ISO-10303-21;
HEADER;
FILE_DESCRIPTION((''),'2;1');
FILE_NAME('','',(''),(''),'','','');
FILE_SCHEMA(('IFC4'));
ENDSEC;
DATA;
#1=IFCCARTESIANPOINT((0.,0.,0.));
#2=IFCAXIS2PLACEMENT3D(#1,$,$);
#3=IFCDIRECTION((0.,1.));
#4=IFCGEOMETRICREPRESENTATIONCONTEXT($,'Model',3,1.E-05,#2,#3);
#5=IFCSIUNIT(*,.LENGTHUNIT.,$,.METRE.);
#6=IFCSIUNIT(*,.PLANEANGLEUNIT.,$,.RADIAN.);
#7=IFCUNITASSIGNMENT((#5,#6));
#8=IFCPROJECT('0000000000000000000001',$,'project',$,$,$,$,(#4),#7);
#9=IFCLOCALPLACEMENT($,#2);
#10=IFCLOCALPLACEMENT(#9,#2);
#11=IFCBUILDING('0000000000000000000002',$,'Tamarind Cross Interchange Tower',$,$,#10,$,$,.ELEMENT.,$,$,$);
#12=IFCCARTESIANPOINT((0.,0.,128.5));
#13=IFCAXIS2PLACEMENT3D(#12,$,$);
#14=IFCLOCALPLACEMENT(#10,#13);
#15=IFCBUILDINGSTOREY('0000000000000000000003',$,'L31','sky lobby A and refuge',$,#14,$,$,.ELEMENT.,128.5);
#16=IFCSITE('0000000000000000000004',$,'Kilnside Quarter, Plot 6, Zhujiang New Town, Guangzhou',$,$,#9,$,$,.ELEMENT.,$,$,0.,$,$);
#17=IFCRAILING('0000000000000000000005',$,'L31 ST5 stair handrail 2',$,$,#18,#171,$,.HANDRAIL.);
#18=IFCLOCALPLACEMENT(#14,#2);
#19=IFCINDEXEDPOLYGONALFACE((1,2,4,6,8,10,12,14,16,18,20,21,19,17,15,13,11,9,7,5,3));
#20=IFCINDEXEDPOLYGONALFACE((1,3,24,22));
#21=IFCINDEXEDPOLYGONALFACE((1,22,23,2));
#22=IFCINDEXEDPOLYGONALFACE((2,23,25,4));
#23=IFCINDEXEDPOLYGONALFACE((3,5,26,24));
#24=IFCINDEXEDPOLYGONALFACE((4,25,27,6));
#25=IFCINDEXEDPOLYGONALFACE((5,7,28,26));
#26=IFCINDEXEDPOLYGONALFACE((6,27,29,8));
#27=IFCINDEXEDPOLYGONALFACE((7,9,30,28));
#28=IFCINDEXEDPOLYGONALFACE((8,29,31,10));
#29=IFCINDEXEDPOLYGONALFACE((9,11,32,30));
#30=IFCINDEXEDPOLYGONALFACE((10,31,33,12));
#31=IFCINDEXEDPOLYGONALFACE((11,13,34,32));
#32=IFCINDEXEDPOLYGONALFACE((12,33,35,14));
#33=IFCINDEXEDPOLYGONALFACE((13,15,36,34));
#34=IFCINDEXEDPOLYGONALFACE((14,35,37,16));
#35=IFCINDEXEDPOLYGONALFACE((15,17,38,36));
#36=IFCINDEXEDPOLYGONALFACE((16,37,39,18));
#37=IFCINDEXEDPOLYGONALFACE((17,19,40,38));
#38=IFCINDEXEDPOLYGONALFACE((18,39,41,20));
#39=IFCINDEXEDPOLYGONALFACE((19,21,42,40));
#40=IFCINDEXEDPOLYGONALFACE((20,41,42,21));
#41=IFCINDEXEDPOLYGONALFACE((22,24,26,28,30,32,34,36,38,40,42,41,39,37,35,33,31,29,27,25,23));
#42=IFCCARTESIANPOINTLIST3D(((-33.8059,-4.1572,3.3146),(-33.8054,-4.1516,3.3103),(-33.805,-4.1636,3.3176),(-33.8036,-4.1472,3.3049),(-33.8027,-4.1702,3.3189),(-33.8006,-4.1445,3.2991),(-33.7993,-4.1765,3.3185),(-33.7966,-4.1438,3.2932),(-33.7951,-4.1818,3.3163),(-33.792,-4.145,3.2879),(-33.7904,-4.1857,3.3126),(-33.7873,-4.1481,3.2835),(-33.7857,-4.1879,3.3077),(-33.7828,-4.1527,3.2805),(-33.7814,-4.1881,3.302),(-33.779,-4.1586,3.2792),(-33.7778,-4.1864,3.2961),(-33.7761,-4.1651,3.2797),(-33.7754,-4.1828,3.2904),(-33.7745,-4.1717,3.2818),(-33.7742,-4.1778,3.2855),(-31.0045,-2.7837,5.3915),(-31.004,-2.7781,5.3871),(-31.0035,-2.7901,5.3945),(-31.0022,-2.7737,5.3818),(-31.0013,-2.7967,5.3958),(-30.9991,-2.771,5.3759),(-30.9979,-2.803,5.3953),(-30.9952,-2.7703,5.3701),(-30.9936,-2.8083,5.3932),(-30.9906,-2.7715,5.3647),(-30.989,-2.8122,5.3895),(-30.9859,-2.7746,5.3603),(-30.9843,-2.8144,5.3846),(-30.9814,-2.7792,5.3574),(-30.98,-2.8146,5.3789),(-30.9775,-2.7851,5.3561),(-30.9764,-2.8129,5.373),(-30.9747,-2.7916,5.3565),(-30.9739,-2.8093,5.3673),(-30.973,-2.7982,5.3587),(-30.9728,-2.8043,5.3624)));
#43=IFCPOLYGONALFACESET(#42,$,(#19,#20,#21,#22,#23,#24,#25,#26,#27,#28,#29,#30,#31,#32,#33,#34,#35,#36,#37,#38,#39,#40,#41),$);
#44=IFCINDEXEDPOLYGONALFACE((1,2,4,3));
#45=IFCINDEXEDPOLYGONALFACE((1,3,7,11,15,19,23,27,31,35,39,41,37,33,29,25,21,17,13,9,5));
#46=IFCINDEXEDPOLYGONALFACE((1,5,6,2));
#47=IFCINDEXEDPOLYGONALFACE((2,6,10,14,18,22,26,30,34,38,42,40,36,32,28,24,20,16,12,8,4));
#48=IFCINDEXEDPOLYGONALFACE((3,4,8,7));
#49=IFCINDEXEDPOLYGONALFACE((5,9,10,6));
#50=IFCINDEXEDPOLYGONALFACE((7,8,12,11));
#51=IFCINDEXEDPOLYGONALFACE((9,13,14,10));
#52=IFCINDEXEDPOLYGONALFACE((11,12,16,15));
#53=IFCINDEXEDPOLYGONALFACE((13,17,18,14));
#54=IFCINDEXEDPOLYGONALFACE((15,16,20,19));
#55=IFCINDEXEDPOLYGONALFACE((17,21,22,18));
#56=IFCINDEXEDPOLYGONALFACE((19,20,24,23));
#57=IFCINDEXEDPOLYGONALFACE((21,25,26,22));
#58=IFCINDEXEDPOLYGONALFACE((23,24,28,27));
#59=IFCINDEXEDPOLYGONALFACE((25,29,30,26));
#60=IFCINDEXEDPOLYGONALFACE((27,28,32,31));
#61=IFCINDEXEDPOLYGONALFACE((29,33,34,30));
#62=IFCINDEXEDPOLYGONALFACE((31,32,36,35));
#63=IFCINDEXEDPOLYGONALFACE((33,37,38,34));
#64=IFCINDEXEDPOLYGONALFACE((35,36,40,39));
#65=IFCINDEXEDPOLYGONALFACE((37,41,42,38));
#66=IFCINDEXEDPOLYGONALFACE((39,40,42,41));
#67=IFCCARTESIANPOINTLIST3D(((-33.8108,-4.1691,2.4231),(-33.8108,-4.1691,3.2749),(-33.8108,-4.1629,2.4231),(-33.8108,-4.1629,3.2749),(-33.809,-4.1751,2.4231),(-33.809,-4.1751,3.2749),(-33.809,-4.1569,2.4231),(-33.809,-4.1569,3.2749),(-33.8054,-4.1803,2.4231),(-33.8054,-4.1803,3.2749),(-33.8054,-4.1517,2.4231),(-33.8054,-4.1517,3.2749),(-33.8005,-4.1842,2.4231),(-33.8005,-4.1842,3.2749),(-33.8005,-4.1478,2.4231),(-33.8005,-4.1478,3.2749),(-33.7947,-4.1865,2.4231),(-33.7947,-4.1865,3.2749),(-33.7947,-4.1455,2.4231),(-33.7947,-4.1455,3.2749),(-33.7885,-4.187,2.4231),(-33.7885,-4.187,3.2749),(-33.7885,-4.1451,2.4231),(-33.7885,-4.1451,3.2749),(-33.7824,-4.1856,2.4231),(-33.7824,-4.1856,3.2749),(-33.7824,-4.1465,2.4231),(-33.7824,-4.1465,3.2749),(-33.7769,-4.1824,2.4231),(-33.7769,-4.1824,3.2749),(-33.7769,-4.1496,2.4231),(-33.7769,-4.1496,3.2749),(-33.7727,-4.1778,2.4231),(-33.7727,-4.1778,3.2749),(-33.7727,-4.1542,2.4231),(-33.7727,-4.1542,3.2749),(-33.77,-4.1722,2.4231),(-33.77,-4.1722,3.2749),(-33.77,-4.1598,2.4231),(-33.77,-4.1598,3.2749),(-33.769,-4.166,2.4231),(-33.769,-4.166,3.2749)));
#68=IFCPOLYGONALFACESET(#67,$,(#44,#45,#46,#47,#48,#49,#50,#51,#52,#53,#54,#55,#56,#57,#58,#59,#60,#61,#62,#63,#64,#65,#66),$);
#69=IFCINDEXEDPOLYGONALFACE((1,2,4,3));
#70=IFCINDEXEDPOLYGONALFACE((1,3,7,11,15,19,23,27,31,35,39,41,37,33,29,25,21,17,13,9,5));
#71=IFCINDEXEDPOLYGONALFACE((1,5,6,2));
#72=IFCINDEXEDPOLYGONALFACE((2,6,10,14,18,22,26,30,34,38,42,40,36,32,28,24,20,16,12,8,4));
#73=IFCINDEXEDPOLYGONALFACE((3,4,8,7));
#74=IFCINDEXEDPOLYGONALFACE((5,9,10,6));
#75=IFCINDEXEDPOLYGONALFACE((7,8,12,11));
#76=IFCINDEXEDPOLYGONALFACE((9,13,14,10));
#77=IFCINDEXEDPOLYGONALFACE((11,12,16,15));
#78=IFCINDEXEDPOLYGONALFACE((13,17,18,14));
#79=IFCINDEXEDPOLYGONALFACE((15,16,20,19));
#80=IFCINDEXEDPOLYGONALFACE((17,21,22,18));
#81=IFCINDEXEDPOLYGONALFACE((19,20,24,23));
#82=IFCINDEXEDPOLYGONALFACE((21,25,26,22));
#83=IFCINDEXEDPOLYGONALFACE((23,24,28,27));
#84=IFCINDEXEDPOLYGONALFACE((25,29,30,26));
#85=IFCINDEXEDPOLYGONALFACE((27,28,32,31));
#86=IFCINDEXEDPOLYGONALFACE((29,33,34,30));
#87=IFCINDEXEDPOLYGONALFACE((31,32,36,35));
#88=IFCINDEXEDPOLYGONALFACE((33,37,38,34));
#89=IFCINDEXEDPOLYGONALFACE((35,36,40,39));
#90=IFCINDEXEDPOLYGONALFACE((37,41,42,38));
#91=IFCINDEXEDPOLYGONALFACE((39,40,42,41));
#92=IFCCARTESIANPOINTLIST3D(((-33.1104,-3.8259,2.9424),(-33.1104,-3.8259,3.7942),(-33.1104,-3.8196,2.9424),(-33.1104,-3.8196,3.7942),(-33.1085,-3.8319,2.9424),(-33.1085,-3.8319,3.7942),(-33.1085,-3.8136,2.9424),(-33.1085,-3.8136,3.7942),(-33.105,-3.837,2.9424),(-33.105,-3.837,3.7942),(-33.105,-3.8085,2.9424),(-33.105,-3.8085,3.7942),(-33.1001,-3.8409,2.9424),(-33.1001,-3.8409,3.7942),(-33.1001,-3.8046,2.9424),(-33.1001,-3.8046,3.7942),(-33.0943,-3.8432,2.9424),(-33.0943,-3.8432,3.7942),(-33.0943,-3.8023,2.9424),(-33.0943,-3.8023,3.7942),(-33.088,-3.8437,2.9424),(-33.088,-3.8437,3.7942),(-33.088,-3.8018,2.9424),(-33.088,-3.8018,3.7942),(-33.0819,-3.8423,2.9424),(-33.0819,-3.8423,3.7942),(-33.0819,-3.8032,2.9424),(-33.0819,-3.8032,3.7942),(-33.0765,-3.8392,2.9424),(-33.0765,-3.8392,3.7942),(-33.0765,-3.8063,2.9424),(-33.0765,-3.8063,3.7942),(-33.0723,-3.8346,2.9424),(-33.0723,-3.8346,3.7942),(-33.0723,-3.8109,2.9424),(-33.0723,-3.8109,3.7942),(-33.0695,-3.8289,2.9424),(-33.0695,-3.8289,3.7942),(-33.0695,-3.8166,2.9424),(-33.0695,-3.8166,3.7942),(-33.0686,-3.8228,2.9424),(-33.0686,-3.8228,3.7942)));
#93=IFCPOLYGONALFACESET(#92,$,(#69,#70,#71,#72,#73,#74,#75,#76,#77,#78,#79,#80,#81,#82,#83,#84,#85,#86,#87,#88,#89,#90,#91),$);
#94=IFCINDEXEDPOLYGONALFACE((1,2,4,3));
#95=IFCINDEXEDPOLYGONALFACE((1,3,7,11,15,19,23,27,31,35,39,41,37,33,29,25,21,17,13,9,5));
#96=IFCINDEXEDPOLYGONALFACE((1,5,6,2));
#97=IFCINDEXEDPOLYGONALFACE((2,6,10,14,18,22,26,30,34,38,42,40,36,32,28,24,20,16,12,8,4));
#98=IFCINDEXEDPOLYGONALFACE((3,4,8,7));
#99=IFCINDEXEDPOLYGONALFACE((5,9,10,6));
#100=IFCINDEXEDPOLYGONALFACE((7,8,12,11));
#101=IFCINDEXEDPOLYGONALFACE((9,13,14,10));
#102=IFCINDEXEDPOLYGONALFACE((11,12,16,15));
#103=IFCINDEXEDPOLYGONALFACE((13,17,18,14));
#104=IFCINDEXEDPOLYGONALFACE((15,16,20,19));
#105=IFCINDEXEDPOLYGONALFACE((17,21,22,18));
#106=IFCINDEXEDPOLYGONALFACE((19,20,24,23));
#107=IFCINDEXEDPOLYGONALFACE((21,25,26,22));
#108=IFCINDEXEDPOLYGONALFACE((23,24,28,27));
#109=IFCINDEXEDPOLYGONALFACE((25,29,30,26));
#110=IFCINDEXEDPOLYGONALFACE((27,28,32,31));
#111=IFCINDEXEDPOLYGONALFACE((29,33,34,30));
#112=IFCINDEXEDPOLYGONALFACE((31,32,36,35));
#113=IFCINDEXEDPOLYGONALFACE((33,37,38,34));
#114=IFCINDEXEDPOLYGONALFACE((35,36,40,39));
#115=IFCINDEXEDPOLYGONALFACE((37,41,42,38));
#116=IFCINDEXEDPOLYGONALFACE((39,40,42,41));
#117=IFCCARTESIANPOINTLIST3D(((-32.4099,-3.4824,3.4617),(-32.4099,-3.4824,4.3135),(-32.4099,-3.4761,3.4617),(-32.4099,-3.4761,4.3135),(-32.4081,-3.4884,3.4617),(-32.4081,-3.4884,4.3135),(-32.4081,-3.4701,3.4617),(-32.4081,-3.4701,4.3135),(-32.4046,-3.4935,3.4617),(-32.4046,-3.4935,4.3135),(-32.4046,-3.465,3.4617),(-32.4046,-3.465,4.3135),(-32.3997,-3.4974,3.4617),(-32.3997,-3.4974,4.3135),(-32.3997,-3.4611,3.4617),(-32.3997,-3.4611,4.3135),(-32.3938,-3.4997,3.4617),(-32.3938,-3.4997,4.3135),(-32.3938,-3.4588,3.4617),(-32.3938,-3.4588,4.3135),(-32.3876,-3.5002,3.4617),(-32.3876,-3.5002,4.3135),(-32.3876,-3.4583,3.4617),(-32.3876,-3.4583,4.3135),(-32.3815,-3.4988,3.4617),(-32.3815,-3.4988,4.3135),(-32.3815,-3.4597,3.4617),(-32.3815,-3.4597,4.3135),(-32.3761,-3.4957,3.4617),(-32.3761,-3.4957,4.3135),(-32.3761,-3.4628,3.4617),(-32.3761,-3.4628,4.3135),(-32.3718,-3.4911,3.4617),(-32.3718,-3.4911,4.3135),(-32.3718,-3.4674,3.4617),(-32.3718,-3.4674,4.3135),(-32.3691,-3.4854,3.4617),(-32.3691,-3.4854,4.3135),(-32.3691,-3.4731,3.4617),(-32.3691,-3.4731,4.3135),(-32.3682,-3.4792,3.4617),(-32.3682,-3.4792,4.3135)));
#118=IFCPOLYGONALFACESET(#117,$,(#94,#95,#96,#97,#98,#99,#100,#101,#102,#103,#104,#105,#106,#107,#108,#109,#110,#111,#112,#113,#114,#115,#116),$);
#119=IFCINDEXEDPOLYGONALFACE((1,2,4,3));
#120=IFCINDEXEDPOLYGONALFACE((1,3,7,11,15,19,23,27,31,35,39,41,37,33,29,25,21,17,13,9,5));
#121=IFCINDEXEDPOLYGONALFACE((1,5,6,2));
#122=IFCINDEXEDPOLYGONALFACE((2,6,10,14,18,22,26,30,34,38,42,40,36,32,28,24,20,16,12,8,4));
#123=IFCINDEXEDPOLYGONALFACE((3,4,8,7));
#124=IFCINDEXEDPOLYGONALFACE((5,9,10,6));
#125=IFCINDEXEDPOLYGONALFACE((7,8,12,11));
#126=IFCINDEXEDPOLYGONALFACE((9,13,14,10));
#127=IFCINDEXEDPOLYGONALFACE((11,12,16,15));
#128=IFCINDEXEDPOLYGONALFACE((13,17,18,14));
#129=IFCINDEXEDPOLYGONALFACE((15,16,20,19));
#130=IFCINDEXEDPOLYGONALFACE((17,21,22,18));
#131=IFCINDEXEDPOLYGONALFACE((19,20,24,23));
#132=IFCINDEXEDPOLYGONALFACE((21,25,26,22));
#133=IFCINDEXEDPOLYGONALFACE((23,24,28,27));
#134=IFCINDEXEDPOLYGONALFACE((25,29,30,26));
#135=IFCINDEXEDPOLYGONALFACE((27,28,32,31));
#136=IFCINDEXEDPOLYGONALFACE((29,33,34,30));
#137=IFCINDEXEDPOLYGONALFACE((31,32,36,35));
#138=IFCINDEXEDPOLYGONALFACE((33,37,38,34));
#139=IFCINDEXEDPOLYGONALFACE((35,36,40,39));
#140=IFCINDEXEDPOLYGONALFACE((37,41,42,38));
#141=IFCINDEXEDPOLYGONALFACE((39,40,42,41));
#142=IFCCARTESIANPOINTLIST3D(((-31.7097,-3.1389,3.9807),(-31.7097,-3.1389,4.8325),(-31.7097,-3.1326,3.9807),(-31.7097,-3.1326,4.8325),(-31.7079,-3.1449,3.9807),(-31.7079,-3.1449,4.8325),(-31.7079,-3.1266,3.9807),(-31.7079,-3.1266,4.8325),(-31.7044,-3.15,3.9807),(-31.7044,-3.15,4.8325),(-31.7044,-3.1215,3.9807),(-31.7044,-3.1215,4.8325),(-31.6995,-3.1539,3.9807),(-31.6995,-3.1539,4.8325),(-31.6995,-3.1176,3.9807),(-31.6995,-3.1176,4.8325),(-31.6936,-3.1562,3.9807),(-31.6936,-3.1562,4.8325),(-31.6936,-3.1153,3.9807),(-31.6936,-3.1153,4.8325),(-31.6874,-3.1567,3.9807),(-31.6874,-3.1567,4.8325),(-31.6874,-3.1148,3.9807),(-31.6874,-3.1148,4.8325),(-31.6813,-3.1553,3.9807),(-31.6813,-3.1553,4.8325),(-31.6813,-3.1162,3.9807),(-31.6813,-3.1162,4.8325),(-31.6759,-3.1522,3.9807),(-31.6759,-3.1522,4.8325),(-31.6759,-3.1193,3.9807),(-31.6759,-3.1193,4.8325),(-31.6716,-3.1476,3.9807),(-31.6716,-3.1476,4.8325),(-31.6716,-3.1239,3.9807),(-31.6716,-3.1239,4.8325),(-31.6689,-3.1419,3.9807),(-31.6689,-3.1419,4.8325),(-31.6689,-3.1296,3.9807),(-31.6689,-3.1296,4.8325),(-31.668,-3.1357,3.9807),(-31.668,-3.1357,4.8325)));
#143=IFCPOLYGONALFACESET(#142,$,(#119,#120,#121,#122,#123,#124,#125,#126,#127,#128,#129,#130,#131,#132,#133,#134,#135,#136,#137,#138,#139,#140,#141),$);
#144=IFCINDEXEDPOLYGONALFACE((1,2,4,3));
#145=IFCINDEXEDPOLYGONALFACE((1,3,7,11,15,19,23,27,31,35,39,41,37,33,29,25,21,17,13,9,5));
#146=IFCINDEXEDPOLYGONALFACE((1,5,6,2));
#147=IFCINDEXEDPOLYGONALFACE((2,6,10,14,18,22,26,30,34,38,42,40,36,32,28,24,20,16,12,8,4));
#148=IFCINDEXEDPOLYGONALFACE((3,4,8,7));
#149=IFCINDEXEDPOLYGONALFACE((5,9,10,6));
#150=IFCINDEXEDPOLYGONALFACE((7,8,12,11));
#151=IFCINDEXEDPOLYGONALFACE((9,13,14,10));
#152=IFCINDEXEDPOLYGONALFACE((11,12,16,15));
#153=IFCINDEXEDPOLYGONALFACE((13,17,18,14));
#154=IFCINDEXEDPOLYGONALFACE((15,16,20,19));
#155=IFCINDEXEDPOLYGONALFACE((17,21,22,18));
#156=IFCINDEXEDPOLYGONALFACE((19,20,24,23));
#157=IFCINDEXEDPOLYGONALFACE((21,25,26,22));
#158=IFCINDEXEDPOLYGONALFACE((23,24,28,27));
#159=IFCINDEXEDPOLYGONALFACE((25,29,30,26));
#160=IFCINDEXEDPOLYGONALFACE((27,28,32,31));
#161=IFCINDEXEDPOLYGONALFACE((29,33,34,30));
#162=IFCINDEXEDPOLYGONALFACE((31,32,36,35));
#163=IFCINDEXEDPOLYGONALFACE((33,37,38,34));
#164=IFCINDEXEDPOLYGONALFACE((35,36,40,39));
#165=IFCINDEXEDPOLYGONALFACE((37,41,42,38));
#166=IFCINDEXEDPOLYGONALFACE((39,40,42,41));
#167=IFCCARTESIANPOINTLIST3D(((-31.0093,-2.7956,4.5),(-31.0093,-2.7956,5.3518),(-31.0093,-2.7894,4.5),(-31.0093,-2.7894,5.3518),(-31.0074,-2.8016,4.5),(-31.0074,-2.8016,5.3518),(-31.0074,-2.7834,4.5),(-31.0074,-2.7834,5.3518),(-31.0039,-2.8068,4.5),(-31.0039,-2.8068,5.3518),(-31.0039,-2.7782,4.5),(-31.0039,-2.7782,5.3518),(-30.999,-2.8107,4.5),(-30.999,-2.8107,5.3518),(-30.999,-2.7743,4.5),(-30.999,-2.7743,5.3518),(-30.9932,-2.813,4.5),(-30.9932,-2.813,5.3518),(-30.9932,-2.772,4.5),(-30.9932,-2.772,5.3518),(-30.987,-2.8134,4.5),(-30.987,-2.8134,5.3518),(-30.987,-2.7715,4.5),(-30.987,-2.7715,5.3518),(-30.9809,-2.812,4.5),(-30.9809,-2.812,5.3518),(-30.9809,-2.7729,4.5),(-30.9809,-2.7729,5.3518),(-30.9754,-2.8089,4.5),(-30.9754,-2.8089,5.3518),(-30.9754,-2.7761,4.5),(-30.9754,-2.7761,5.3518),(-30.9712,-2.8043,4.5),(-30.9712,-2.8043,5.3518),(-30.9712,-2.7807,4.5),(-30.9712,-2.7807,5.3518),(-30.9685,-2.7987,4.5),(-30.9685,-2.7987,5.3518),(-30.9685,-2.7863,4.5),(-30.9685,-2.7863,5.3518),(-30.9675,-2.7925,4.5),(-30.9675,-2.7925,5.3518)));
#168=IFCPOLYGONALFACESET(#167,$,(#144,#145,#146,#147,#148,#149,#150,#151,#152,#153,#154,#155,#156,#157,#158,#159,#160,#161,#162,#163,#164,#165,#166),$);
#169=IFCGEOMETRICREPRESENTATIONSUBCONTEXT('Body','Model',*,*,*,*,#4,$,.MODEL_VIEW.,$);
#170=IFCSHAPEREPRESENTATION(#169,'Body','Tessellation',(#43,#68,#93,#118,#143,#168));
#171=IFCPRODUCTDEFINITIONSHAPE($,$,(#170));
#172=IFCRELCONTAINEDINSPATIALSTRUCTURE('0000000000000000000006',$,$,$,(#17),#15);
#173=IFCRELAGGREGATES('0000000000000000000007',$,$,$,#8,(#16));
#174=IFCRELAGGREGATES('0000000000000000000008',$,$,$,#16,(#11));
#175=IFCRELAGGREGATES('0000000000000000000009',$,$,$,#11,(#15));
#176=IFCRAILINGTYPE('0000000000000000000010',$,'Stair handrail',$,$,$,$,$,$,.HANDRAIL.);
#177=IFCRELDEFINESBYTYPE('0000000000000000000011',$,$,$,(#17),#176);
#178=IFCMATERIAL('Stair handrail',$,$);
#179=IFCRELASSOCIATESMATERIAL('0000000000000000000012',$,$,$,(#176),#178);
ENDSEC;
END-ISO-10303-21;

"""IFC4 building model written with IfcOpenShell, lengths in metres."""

from ifc_helpers import new_model, si_unit, direction, frame, origin, origin_2d, place, context, subcontext, project, spatial, circle, extrude, material, type_object, element, save


model = new_model("IFC4")

# Units and contexts
model_context = context("Model", 3, precision=1e-05, world=origin(), true_north=direction((0.0, 1.0)))
body_context = subcontext(model_context, "Body", "Model", "MODEL_VIEW")
ifc_project = project(units=[si_unit("LENGTHUNIT", "METRE"), si_unit("PLANEANGLEUNIT", "RADIAN")], contexts=[model_context])

# Site, building, storey
site_placement = place(None, origin())
site = spatial("IfcSite", under=ifc_project, at=site_placement, Name="Kilnside Quarter, Plot 6, Zhujiang New Town, Guangzhou", CompositionType="ELEMENT", RefElevation=0.0)
building_placement = place(site_placement, origin())
building = spatial("IfcBuilding", under=site, at=building_placement, Name="Tamarind Cross Interchange Tower", CompositionType="ELEMENT")
storey_placement = place(building_placement, frame((0.0, 0.0, 128.5)))
storey = spatial("IfcBuildingStorey", under=building, at=storey_placement, Name="L31", Description="sky lobby A and refuge", CompositionType="ELEMENT", Elevation=128.5)

# Railing
ifc_material_1 = material(Name="Stair handrail")
railing_type_1 = type_object("IfcRailingType", Name="Stair handrail", PredefinedType="HANDRAIL", material=ifc_material_1)
railing_1_placement = place(storey_placement, frame((-33.79, -4.166, 2.4231)))
element("IfcRailing", 1, at=railing_1_placement, inside=storey, type_object=railing_type_1, Name="L31 ST5 stair handrail 2", PredefinedType="HANDRAIL", context=body_context, shape_type="SweptSolid", body=[
    extrude(circle(Radius=0.0239, at=origin_2d()), frame((0.0, 0.0, 0.876), z_axis=(0.74744, 0.366457, 0.554115), x_axis=(-0.44022, 0.89789, 0.0)), (0.0, 0.0, 1.0), 3.748),
    extrude(circle(Radius=0.021, at=origin_2d()), origin(), (0.0, 0.0, 1.0), 0.8518),
    extrude(circle(Radius=0.021, at=origin_2d()), frame((0.7004, 0.3433, 0.5193)), (0.0, 0.0, 1.0), 0.8518),
    extrude(circle(Radius=0.021, at=origin_2d()), frame((1.4009, 0.6868, 1.0386)), (0.0, 0.0, 1.0), 0.8518),
    extrude(circle(Radius=0.021, at=origin_2d()), frame((2.1011, 1.0303, 1.5576)), (0.0, 0.0, 1.0), 0.8518),
    extrude(circle(Radius=0.021, at=origin_2d()), frame((2.8015, 1.3735, 2.0769)), (0.0, 0.0, 1.0), 0.8518),
])

save(model, "model.ifc")
